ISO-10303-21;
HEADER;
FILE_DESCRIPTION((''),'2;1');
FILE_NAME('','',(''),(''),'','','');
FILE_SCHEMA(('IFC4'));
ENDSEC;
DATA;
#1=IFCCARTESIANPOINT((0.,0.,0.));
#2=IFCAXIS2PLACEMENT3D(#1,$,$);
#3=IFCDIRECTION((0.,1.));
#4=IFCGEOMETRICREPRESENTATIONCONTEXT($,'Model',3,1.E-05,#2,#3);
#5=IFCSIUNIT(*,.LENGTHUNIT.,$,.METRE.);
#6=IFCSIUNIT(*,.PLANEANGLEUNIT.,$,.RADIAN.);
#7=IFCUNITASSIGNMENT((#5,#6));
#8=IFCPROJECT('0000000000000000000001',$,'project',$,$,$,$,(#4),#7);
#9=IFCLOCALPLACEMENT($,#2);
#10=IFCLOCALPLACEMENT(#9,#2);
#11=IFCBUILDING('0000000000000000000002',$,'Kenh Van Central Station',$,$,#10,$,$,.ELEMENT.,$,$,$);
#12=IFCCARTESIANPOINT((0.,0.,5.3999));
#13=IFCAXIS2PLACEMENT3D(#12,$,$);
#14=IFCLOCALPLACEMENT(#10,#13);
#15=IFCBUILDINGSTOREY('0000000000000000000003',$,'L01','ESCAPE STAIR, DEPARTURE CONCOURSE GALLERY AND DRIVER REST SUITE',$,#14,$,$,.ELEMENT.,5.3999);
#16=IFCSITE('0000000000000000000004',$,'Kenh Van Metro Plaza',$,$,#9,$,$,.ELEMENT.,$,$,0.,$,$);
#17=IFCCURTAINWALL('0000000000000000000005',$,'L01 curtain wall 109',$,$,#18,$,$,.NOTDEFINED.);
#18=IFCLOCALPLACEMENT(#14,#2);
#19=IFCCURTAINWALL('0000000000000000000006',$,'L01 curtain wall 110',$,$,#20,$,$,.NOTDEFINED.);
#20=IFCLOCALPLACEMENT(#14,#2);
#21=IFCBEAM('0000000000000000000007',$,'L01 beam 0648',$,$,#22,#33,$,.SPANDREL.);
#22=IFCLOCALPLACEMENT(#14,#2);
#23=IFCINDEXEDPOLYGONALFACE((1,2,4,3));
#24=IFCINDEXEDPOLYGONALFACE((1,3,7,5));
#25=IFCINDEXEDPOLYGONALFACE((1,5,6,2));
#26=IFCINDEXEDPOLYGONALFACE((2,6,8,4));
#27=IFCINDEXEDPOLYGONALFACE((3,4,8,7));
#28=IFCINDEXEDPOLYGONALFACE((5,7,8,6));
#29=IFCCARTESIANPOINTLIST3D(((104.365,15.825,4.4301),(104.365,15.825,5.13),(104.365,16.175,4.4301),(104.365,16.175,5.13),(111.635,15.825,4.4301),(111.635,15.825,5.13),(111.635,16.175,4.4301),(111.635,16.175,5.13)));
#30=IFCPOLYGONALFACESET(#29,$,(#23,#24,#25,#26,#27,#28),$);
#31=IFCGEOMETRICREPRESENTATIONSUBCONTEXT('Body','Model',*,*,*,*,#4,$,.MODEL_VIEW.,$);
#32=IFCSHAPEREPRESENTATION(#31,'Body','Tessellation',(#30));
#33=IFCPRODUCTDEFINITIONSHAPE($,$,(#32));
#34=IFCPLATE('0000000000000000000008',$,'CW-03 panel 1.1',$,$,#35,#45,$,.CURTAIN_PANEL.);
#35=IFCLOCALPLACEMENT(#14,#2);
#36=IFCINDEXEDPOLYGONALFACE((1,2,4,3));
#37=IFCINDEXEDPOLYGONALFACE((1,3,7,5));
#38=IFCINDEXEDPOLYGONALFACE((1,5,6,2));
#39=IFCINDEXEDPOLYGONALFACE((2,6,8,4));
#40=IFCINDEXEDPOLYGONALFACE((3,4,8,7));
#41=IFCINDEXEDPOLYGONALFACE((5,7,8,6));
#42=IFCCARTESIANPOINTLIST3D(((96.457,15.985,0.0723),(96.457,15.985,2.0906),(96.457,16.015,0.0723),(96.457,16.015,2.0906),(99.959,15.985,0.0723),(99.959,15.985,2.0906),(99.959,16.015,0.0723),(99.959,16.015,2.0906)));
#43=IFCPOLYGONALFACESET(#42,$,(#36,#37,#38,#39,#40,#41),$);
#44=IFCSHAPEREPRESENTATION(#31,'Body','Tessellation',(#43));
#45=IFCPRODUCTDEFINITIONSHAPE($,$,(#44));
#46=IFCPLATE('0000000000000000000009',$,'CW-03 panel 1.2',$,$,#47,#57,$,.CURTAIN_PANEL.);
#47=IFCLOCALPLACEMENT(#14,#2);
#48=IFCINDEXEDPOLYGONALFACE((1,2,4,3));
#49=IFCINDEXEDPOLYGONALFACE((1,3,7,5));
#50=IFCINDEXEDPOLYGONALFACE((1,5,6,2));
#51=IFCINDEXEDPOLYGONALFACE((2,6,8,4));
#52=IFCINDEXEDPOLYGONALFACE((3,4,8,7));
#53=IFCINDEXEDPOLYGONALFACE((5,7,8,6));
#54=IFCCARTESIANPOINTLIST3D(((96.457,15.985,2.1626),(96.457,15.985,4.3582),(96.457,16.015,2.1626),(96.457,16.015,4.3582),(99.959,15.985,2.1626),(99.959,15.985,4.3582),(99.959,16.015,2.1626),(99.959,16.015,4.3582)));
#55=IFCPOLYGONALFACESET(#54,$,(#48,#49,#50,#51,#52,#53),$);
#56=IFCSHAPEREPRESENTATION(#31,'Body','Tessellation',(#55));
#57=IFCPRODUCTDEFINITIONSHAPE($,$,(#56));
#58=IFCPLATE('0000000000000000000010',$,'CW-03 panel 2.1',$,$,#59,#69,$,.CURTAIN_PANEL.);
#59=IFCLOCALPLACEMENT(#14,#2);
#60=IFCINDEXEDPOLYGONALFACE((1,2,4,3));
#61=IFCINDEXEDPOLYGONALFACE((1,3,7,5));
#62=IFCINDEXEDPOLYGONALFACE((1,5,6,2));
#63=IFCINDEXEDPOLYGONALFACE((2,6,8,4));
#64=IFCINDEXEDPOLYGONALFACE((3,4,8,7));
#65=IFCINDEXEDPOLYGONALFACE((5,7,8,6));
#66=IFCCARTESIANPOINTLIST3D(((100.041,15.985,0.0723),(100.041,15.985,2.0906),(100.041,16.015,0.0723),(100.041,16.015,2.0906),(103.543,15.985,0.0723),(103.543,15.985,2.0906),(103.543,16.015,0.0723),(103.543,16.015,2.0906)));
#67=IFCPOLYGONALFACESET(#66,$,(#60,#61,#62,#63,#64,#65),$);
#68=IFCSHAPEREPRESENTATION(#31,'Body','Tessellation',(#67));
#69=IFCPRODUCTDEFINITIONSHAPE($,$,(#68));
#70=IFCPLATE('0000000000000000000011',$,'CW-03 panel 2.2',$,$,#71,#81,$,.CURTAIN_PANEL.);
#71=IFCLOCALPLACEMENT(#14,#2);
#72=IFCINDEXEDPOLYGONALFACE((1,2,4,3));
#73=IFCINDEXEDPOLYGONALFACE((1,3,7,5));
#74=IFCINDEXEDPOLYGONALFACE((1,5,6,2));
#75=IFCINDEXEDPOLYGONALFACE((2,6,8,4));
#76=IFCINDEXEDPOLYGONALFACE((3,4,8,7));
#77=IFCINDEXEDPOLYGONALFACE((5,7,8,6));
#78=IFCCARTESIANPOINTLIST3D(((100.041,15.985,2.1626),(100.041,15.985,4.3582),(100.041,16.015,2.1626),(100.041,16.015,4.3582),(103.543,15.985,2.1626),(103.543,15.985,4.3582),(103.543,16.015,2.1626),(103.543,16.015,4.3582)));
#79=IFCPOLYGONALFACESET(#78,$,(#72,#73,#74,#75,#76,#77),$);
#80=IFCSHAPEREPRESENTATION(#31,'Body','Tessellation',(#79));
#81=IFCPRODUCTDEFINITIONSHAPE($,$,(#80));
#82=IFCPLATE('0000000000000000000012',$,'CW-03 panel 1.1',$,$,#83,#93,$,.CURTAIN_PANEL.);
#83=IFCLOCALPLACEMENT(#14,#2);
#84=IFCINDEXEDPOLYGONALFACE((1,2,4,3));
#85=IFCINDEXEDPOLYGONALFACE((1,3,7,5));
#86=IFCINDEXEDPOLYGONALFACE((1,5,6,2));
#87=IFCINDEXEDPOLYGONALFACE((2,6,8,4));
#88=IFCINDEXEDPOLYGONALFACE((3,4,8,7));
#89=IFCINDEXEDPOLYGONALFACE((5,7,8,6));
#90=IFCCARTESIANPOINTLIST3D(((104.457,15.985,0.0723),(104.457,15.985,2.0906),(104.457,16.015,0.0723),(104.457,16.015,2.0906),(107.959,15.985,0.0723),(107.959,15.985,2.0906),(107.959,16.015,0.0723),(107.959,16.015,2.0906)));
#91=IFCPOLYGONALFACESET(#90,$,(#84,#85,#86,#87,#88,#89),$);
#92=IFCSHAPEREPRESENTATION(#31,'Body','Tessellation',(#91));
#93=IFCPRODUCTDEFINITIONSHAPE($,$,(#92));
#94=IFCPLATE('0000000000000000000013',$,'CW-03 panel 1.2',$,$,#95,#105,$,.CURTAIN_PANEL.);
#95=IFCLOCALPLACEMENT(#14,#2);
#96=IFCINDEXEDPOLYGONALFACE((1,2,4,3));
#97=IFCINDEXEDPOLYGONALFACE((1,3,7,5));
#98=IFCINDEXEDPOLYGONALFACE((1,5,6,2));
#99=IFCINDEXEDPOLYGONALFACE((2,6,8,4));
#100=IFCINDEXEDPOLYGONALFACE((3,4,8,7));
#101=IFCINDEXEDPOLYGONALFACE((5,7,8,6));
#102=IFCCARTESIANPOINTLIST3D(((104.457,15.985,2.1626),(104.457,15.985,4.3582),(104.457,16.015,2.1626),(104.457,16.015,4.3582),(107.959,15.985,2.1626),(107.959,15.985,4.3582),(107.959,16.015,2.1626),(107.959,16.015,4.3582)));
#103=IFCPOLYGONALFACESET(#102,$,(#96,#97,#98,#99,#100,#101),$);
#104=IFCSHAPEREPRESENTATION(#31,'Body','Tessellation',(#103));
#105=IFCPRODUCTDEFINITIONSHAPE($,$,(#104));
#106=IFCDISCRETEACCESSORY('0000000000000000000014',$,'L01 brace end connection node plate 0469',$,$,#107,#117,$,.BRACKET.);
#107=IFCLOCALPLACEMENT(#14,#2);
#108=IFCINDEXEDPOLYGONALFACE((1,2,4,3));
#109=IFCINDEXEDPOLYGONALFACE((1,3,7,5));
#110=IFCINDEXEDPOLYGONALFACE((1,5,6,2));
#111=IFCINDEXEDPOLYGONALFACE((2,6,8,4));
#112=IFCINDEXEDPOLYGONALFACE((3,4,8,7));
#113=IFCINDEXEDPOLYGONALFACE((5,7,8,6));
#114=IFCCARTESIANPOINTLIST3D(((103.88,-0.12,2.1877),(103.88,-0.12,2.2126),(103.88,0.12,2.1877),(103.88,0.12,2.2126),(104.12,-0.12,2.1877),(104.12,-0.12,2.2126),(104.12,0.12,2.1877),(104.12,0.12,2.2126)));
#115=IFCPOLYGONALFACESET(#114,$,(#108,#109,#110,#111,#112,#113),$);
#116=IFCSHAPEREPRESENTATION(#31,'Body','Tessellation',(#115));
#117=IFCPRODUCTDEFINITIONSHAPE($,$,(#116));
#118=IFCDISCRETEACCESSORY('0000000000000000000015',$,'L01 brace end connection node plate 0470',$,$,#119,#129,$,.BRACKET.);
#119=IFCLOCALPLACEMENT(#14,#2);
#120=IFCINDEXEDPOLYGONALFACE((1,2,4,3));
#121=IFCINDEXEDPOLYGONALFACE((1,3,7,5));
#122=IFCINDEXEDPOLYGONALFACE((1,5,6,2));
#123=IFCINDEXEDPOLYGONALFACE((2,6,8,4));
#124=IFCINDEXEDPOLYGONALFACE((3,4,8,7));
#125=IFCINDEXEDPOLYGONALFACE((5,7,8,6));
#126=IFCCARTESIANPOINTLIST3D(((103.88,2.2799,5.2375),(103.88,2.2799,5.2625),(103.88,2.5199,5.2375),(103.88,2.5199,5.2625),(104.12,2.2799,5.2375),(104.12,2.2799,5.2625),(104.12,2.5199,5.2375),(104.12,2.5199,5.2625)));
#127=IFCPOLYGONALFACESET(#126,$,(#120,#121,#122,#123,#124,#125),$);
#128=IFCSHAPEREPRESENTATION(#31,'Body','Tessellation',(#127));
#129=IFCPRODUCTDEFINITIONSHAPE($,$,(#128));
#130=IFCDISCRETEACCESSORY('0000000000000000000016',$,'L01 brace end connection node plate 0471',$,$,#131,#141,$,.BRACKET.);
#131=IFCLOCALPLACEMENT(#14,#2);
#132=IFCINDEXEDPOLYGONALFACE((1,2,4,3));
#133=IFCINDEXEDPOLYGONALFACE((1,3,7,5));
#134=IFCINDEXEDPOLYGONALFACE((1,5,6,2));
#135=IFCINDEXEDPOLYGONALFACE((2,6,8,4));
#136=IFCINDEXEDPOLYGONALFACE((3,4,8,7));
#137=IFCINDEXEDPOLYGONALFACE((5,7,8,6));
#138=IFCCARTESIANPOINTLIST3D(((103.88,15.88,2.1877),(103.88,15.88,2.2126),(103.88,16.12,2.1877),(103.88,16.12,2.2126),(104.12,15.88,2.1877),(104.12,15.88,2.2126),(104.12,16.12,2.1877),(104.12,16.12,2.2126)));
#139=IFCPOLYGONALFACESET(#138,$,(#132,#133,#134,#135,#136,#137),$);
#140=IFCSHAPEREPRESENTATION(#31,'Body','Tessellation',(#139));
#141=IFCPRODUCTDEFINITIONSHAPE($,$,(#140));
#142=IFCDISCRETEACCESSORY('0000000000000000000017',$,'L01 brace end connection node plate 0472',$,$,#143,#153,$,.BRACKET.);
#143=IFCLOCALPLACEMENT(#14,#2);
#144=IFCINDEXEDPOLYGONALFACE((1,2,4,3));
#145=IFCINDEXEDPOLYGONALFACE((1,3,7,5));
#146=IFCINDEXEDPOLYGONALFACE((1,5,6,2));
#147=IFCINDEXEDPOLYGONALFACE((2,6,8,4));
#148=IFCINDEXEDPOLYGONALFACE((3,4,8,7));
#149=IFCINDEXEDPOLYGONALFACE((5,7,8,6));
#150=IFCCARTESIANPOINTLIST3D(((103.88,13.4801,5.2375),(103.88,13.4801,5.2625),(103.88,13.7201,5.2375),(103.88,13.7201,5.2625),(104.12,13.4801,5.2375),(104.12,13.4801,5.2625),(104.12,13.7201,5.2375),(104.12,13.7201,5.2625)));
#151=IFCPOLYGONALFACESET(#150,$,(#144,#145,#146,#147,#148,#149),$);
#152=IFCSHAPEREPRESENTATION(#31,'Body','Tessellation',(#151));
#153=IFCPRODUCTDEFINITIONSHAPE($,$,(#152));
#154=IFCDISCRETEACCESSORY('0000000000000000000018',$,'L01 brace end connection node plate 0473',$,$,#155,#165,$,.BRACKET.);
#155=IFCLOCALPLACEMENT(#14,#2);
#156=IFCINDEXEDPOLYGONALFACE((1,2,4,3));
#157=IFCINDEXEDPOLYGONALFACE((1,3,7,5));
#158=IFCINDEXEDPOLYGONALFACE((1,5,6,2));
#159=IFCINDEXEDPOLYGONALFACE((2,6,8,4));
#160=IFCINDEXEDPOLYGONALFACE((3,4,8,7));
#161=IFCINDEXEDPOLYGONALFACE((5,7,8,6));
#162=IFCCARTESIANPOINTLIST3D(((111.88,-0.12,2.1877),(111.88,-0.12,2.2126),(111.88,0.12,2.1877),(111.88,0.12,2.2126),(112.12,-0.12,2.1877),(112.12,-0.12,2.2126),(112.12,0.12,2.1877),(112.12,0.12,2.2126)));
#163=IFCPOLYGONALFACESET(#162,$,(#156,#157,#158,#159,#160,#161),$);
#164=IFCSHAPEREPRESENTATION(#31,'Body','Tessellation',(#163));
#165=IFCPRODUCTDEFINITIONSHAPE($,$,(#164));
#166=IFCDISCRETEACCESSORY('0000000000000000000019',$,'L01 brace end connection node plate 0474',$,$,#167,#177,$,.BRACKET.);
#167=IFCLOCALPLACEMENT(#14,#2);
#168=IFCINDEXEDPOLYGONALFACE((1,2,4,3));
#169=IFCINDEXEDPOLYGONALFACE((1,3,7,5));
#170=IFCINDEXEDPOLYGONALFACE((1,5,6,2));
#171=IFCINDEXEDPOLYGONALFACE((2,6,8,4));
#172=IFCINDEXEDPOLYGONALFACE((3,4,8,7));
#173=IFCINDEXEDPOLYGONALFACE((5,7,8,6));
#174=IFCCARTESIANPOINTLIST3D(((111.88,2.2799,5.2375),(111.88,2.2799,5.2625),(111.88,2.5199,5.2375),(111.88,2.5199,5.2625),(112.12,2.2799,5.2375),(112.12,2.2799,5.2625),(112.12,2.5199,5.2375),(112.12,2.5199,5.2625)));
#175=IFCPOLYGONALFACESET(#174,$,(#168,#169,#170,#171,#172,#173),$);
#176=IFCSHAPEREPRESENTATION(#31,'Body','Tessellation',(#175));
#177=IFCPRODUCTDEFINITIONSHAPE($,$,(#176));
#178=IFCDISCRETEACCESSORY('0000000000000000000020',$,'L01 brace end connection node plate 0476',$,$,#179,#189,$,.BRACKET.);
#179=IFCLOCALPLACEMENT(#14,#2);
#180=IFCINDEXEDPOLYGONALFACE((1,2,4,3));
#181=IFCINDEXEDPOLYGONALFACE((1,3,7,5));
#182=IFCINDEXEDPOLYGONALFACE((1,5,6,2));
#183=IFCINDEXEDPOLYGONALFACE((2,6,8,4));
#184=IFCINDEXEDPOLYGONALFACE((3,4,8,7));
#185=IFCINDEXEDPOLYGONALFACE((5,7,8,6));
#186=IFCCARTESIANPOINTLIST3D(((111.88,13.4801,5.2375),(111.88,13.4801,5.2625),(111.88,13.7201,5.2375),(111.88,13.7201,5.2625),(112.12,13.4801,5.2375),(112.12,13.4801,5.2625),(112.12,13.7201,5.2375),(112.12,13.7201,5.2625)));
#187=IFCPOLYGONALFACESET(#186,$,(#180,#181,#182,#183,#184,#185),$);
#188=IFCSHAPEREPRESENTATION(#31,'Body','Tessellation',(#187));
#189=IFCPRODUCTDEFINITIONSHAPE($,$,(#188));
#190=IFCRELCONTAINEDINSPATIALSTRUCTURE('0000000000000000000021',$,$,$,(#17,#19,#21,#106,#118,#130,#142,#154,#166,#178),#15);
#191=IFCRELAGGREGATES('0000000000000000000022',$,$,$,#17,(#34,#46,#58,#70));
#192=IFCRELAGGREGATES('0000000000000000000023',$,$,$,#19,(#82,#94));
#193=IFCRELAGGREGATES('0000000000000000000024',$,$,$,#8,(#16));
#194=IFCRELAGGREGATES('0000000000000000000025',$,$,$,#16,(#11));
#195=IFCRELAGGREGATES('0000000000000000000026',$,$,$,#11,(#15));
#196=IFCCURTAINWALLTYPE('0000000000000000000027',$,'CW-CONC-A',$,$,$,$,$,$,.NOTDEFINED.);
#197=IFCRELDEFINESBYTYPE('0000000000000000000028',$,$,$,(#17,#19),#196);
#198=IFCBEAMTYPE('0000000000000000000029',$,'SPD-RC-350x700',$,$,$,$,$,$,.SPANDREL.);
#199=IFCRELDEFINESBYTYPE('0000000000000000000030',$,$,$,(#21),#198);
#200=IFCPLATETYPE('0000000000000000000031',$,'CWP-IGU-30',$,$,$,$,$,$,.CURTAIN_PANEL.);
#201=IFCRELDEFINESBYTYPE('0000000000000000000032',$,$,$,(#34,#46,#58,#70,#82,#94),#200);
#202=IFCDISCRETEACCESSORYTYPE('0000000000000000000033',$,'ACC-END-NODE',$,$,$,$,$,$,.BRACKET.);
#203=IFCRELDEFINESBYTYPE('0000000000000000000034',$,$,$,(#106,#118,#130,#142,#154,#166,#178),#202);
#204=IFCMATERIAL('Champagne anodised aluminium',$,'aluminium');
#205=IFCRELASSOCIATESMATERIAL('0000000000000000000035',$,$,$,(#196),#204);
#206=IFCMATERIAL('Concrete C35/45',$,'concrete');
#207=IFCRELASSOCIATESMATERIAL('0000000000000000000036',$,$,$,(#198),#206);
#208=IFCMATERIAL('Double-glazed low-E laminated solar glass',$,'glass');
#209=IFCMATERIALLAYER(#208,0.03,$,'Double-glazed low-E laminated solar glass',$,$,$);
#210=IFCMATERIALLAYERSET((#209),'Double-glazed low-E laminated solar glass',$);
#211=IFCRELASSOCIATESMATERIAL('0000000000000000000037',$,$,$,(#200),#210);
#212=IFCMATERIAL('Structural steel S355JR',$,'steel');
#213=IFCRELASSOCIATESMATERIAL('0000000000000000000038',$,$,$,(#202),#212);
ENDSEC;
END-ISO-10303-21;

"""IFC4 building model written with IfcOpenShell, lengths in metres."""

from ifc_helpers import new_model, si_unit, direction, frame, origin, origin_2d, place, context, subcontext, project, spatial, rectangle, extrude, material, layer, layer_set, material_profile, profile_set, type_object, element, aggregate, save


model = new_model("IFC4")

# Units and contexts
model_context = context("Model", 3, precision=1e-05, world=origin(), true_north=direction((0.0, 1.0)))
body_context = subcontext(model_context, "Body", "Model", "MODEL_VIEW")
ifc_project = project(units=[si_unit("LENGTHUNIT", "METRE"), si_unit("PLANEANGLEUNIT", "RADIAN")], contexts=[model_context])

# Site, building, storey
site_placement = place(None, origin())
site = spatial("IfcSite", under=ifc_project, at=site_placement, Name="Kenh Van Metro Plaza", CompositionType="ELEMENT", RefElevation=0.0)
building_placement = place(site_placement, origin())
building = spatial("IfcBuilding", under=site, at=building_placement, Name="Kenh Van Central Station", CompositionType="ELEMENT")
storey_placement = place(building_placement, frame((0.0, 0.0, 5.3999)))
storey = spatial("IfcBuildingStorey", under=building, at=storey_placement, Name="L01", Description="ESCAPE STAIR, DEPARTURE CONCOURSE GALLERY AND DRIVER REST SUITE", CompositionType="ELEMENT", Elevation=5.3999)

# Curtain walls
ifc_material_1 = material(Name="Champagne anodised aluminium", Category="aluminium")
curtain_wall_type = type_object("IfcCurtainWallType", Name="CW-CONC-A", PredefinedType="NOTDEFINED", material=ifc_material_1)
curtain_wall_1_placement = place(storey_placement, origin())
curtain_wall_1 = element("IfcCurtainWall", 1, at=curtain_wall_1_placement, inside=storey, type_object=curtain_wall_type, Name="L01 curtain wall 109", PredefinedType="NOTDEFINED")
curtain_wall_2_placement = place(storey_placement, origin())
curtain_wall_2 = element("IfcCurtainWall", 2, at=curtain_wall_2_placement, inside=storey, type_object=curtain_wall_type, Name="L01 curtain wall 110", PredefinedType="NOTDEFINED")

# Beam
ifc_material_2 = material(Name="Concrete C35/45", Category="concrete")
ifc_material_profile_1 = material_profile(ifc_material_2, rectangle(XDim=0.3501, YDim=0.7, at=origin_2d()), Name="RC 350x700")
ifc_profile_set_1 = profile_set([ifc_material_profile_1], Name="Concrete C35/45")
beam_type = type_object("IfcBeamType", Name="SPD-RC-350x700", PredefinedType="SPANDREL", material=ifc_profile_set_1)
beam_1_placement = place(storey_placement, frame((104.365, 16.0, 4.78), z_axis=(1.0, 0.0, 0.0), x_axis=(0.0, 1.0, 0.0)))
element("IfcBeam", 3, at=beam_1_placement, inside=storey, type_object=beam_type, Name="L01 beam 0648", PredefinedType="SPANDREL", context=body_context, shape_type="SweptSolid", body=[
    extrude(rectangle(XDim=0.3501, YDim=0.7, at=origin_2d()), origin(), (0.0, 0.0, 1.0), 7.27),
])

# Plates
ifc_material_3 = material(Name="Double-glazed low-E laminated solar glass", Category="glass")
ifc_layer = layer(ifc_material_3, 0.03, Name="Double-glazed low-E laminated solar glass")
ifc_layer_set = layer_set([ifc_layer], Name="Double-glazed low-E laminated solar glass")
plate_type = type_object("IfcPlateType", Name="CWP-IGU-30", PredefinedType="CURTAIN_PANEL", material=ifc_layer_set)
plate_1_placement = place(storey_placement, frame((98.208, 16.0, 0.0723), z_axis=(0.0, 0.0, 1.0), x_axis=(1.0, 0.0, 0.0)))
plate_1 = element("IfcPlate", 4, at=plate_1_placement, type_object=plate_type, Name="CW-03 panel 1.1", PredefinedType="CURTAIN_PANEL", context=body_context, shape_type="SweptSolid", body=[
    extrude(rectangle(XDim=3.502, YDim=0.03, at=origin_2d()), origin(), (0.0, 0.0, 1.0), 2.0183),
])
plate_2_placement = place(storey_placement, frame((98.208, 16.0, 2.1626), z_axis=(0.0, 0.0, 1.0), x_axis=(1.0, 0.0, 0.0)))
plate_2 = element("IfcPlate", 5, at=plate_2_placement, type_object=plate_type, Name="CW-03 panel 1.2", PredefinedType="CURTAIN_PANEL", context=body_context, shape_type="SweptSolid", body=[
    extrude(rectangle(XDim=3.502, YDim=0.03, at=origin_2d()), origin(), (0.0, 0.0, 1.0), 2.1956),
])
plate_3_placement = place(storey_placement, frame((101.792, 16.0, 0.0723), z_axis=(0.0, 0.0, 1.0), x_axis=(1.0, 0.0, 0.0)))
plate_3 = element("IfcPlate", 6, at=plate_3_placement, type_object=plate_type, Name="CW-03 panel 2.1", PredefinedType="CURTAIN_PANEL", context=body_context, shape_type="SweptSolid", body=[
    extrude(rectangle(XDim=3.502, YDim=0.03, at=origin_2d()), origin(), (0.0, 0.0, 1.0), 2.0183),
])
plate_4_placement = place(storey_placement, frame((101.792, 16.0, 2.1626), z_axis=(0.0, 0.0, 1.0), x_axis=(1.0, 0.0, 0.0)))
plate_4 = element("IfcPlate", 7, at=plate_4_placement, type_object=plate_type, Name="CW-03 panel 2.2", PredefinedType="CURTAIN_PANEL", context=body_context, shape_type="SweptSolid", body=[
    extrude(rectangle(XDim=3.502, YDim=0.03, at=origin_2d()), origin(), (0.0, 0.0, 1.0), 2.1956),
])
aggregate(curtain_wall_1, [plate_1, plate_2, plate_3, plate_4])
plate_5_placement = place(storey_placement, frame((106.208, 16.0, 0.0723), z_axis=(0.0, 0.0, 1.0), x_axis=(1.0, 0.0, 0.0)))
plate_5 = element("IfcPlate", 8, at=plate_5_placement, type_object=plate_type, Name="CW-03 panel 1.1", PredefinedType="CURTAIN_PANEL", context=body_context, shape_type="SweptSolid", body=[
    extrude(rectangle(XDim=3.502, YDim=0.03, at=origin_2d()), origin(), (0.0, 0.0, 1.0), 2.0183),
])
plate_6_placement = place(storey_placement, frame((106.208, 16.0, 2.1626), z_axis=(0.0, 0.0, 1.0), x_axis=(1.0, 0.0, 0.0)))
plate_6 = element("IfcPlate", 9, at=plate_6_placement, type_object=plate_type, Name="CW-03 panel 1.2", PredefinedType="CURTAIN_PANEL", context=body_context, shape_type="SweptSolid", body=[
    extrude(rectangle(XDim=3.502, YDim=0.03, at=origin_2d()), origin(), (0.0, 0.0, 1.0), 2.1956),
])
aggregate(curtain_wall_2, [plate_5, plate_6])

# Discrete accessories
ifc_material_4 = material(Name="Structural steel S355JR", Category="steel")
discrete_accessory_type = type_object("IfcDiscreteAccessoryType", Name="ACC-END-NODE", PredefinedType="BRACKET", material=ifc_material_4)
for number, where, z_axis, x_axis, name in (
    (10, (104.0, 0.0, 2.1877), (0.0, 0.0, 1.0), (1.0, 0.0, 0.0), "L01 brace end connection node plate 0469"),
    (11, (104.0, 2.3999, 5.2375), (0.0, 0.0, 1.0), (1.0, 0.0, 0.0), "L01 brace end connection node plate 0470"),
    (12, (104.0, 16.0, 2.1877), (0.0, 0.0, 1.0), (1.0, 0.0, 0.0), "L01 brace end connection node plate 0471"),
    (13, (104.0, 13.6001, 5.2375), (0.0, 0.0, 1.0), (1.0, 0.0, 0.0), "L01 brace end connection node plate 0472"),
    (14, (112.0, 0.0, 2.1877), (0.0, 0.0, 1.0), (1.0, 0.0, 0.0), "L01 brace end connection node plate 0473"),
    (15, (112.0, 2.3999, 5.2375), (0.0, 0.0, 1.0), (1.0, 0.0, 0.0), "L01 brace end connection node plate 0474"),
    (16, (112.0, 13.6001, 5.2375), (0.0, 0.0, 1.0), (1.0, 0.0, 0.0), "L01 brace end connection node plate 0476"),
):
    element("IfcDiscreteAccessory", number, at=place(storey_placement, frame(where, z_axis=z_axis, x_axis=x_axis)), inside=storey, type_object=discrete_accessory_type, Name=name, PredefinedType="BRACKET", context=body_context, shape_type="SweptSolid", body=[
        extrude(rectangle(XDim=0.24, YDim=0.24, at=origin_2d()), origin(), (0.0, 0.0, 1.0), 0.0249),
    ])

save(model, "model.ifc")
